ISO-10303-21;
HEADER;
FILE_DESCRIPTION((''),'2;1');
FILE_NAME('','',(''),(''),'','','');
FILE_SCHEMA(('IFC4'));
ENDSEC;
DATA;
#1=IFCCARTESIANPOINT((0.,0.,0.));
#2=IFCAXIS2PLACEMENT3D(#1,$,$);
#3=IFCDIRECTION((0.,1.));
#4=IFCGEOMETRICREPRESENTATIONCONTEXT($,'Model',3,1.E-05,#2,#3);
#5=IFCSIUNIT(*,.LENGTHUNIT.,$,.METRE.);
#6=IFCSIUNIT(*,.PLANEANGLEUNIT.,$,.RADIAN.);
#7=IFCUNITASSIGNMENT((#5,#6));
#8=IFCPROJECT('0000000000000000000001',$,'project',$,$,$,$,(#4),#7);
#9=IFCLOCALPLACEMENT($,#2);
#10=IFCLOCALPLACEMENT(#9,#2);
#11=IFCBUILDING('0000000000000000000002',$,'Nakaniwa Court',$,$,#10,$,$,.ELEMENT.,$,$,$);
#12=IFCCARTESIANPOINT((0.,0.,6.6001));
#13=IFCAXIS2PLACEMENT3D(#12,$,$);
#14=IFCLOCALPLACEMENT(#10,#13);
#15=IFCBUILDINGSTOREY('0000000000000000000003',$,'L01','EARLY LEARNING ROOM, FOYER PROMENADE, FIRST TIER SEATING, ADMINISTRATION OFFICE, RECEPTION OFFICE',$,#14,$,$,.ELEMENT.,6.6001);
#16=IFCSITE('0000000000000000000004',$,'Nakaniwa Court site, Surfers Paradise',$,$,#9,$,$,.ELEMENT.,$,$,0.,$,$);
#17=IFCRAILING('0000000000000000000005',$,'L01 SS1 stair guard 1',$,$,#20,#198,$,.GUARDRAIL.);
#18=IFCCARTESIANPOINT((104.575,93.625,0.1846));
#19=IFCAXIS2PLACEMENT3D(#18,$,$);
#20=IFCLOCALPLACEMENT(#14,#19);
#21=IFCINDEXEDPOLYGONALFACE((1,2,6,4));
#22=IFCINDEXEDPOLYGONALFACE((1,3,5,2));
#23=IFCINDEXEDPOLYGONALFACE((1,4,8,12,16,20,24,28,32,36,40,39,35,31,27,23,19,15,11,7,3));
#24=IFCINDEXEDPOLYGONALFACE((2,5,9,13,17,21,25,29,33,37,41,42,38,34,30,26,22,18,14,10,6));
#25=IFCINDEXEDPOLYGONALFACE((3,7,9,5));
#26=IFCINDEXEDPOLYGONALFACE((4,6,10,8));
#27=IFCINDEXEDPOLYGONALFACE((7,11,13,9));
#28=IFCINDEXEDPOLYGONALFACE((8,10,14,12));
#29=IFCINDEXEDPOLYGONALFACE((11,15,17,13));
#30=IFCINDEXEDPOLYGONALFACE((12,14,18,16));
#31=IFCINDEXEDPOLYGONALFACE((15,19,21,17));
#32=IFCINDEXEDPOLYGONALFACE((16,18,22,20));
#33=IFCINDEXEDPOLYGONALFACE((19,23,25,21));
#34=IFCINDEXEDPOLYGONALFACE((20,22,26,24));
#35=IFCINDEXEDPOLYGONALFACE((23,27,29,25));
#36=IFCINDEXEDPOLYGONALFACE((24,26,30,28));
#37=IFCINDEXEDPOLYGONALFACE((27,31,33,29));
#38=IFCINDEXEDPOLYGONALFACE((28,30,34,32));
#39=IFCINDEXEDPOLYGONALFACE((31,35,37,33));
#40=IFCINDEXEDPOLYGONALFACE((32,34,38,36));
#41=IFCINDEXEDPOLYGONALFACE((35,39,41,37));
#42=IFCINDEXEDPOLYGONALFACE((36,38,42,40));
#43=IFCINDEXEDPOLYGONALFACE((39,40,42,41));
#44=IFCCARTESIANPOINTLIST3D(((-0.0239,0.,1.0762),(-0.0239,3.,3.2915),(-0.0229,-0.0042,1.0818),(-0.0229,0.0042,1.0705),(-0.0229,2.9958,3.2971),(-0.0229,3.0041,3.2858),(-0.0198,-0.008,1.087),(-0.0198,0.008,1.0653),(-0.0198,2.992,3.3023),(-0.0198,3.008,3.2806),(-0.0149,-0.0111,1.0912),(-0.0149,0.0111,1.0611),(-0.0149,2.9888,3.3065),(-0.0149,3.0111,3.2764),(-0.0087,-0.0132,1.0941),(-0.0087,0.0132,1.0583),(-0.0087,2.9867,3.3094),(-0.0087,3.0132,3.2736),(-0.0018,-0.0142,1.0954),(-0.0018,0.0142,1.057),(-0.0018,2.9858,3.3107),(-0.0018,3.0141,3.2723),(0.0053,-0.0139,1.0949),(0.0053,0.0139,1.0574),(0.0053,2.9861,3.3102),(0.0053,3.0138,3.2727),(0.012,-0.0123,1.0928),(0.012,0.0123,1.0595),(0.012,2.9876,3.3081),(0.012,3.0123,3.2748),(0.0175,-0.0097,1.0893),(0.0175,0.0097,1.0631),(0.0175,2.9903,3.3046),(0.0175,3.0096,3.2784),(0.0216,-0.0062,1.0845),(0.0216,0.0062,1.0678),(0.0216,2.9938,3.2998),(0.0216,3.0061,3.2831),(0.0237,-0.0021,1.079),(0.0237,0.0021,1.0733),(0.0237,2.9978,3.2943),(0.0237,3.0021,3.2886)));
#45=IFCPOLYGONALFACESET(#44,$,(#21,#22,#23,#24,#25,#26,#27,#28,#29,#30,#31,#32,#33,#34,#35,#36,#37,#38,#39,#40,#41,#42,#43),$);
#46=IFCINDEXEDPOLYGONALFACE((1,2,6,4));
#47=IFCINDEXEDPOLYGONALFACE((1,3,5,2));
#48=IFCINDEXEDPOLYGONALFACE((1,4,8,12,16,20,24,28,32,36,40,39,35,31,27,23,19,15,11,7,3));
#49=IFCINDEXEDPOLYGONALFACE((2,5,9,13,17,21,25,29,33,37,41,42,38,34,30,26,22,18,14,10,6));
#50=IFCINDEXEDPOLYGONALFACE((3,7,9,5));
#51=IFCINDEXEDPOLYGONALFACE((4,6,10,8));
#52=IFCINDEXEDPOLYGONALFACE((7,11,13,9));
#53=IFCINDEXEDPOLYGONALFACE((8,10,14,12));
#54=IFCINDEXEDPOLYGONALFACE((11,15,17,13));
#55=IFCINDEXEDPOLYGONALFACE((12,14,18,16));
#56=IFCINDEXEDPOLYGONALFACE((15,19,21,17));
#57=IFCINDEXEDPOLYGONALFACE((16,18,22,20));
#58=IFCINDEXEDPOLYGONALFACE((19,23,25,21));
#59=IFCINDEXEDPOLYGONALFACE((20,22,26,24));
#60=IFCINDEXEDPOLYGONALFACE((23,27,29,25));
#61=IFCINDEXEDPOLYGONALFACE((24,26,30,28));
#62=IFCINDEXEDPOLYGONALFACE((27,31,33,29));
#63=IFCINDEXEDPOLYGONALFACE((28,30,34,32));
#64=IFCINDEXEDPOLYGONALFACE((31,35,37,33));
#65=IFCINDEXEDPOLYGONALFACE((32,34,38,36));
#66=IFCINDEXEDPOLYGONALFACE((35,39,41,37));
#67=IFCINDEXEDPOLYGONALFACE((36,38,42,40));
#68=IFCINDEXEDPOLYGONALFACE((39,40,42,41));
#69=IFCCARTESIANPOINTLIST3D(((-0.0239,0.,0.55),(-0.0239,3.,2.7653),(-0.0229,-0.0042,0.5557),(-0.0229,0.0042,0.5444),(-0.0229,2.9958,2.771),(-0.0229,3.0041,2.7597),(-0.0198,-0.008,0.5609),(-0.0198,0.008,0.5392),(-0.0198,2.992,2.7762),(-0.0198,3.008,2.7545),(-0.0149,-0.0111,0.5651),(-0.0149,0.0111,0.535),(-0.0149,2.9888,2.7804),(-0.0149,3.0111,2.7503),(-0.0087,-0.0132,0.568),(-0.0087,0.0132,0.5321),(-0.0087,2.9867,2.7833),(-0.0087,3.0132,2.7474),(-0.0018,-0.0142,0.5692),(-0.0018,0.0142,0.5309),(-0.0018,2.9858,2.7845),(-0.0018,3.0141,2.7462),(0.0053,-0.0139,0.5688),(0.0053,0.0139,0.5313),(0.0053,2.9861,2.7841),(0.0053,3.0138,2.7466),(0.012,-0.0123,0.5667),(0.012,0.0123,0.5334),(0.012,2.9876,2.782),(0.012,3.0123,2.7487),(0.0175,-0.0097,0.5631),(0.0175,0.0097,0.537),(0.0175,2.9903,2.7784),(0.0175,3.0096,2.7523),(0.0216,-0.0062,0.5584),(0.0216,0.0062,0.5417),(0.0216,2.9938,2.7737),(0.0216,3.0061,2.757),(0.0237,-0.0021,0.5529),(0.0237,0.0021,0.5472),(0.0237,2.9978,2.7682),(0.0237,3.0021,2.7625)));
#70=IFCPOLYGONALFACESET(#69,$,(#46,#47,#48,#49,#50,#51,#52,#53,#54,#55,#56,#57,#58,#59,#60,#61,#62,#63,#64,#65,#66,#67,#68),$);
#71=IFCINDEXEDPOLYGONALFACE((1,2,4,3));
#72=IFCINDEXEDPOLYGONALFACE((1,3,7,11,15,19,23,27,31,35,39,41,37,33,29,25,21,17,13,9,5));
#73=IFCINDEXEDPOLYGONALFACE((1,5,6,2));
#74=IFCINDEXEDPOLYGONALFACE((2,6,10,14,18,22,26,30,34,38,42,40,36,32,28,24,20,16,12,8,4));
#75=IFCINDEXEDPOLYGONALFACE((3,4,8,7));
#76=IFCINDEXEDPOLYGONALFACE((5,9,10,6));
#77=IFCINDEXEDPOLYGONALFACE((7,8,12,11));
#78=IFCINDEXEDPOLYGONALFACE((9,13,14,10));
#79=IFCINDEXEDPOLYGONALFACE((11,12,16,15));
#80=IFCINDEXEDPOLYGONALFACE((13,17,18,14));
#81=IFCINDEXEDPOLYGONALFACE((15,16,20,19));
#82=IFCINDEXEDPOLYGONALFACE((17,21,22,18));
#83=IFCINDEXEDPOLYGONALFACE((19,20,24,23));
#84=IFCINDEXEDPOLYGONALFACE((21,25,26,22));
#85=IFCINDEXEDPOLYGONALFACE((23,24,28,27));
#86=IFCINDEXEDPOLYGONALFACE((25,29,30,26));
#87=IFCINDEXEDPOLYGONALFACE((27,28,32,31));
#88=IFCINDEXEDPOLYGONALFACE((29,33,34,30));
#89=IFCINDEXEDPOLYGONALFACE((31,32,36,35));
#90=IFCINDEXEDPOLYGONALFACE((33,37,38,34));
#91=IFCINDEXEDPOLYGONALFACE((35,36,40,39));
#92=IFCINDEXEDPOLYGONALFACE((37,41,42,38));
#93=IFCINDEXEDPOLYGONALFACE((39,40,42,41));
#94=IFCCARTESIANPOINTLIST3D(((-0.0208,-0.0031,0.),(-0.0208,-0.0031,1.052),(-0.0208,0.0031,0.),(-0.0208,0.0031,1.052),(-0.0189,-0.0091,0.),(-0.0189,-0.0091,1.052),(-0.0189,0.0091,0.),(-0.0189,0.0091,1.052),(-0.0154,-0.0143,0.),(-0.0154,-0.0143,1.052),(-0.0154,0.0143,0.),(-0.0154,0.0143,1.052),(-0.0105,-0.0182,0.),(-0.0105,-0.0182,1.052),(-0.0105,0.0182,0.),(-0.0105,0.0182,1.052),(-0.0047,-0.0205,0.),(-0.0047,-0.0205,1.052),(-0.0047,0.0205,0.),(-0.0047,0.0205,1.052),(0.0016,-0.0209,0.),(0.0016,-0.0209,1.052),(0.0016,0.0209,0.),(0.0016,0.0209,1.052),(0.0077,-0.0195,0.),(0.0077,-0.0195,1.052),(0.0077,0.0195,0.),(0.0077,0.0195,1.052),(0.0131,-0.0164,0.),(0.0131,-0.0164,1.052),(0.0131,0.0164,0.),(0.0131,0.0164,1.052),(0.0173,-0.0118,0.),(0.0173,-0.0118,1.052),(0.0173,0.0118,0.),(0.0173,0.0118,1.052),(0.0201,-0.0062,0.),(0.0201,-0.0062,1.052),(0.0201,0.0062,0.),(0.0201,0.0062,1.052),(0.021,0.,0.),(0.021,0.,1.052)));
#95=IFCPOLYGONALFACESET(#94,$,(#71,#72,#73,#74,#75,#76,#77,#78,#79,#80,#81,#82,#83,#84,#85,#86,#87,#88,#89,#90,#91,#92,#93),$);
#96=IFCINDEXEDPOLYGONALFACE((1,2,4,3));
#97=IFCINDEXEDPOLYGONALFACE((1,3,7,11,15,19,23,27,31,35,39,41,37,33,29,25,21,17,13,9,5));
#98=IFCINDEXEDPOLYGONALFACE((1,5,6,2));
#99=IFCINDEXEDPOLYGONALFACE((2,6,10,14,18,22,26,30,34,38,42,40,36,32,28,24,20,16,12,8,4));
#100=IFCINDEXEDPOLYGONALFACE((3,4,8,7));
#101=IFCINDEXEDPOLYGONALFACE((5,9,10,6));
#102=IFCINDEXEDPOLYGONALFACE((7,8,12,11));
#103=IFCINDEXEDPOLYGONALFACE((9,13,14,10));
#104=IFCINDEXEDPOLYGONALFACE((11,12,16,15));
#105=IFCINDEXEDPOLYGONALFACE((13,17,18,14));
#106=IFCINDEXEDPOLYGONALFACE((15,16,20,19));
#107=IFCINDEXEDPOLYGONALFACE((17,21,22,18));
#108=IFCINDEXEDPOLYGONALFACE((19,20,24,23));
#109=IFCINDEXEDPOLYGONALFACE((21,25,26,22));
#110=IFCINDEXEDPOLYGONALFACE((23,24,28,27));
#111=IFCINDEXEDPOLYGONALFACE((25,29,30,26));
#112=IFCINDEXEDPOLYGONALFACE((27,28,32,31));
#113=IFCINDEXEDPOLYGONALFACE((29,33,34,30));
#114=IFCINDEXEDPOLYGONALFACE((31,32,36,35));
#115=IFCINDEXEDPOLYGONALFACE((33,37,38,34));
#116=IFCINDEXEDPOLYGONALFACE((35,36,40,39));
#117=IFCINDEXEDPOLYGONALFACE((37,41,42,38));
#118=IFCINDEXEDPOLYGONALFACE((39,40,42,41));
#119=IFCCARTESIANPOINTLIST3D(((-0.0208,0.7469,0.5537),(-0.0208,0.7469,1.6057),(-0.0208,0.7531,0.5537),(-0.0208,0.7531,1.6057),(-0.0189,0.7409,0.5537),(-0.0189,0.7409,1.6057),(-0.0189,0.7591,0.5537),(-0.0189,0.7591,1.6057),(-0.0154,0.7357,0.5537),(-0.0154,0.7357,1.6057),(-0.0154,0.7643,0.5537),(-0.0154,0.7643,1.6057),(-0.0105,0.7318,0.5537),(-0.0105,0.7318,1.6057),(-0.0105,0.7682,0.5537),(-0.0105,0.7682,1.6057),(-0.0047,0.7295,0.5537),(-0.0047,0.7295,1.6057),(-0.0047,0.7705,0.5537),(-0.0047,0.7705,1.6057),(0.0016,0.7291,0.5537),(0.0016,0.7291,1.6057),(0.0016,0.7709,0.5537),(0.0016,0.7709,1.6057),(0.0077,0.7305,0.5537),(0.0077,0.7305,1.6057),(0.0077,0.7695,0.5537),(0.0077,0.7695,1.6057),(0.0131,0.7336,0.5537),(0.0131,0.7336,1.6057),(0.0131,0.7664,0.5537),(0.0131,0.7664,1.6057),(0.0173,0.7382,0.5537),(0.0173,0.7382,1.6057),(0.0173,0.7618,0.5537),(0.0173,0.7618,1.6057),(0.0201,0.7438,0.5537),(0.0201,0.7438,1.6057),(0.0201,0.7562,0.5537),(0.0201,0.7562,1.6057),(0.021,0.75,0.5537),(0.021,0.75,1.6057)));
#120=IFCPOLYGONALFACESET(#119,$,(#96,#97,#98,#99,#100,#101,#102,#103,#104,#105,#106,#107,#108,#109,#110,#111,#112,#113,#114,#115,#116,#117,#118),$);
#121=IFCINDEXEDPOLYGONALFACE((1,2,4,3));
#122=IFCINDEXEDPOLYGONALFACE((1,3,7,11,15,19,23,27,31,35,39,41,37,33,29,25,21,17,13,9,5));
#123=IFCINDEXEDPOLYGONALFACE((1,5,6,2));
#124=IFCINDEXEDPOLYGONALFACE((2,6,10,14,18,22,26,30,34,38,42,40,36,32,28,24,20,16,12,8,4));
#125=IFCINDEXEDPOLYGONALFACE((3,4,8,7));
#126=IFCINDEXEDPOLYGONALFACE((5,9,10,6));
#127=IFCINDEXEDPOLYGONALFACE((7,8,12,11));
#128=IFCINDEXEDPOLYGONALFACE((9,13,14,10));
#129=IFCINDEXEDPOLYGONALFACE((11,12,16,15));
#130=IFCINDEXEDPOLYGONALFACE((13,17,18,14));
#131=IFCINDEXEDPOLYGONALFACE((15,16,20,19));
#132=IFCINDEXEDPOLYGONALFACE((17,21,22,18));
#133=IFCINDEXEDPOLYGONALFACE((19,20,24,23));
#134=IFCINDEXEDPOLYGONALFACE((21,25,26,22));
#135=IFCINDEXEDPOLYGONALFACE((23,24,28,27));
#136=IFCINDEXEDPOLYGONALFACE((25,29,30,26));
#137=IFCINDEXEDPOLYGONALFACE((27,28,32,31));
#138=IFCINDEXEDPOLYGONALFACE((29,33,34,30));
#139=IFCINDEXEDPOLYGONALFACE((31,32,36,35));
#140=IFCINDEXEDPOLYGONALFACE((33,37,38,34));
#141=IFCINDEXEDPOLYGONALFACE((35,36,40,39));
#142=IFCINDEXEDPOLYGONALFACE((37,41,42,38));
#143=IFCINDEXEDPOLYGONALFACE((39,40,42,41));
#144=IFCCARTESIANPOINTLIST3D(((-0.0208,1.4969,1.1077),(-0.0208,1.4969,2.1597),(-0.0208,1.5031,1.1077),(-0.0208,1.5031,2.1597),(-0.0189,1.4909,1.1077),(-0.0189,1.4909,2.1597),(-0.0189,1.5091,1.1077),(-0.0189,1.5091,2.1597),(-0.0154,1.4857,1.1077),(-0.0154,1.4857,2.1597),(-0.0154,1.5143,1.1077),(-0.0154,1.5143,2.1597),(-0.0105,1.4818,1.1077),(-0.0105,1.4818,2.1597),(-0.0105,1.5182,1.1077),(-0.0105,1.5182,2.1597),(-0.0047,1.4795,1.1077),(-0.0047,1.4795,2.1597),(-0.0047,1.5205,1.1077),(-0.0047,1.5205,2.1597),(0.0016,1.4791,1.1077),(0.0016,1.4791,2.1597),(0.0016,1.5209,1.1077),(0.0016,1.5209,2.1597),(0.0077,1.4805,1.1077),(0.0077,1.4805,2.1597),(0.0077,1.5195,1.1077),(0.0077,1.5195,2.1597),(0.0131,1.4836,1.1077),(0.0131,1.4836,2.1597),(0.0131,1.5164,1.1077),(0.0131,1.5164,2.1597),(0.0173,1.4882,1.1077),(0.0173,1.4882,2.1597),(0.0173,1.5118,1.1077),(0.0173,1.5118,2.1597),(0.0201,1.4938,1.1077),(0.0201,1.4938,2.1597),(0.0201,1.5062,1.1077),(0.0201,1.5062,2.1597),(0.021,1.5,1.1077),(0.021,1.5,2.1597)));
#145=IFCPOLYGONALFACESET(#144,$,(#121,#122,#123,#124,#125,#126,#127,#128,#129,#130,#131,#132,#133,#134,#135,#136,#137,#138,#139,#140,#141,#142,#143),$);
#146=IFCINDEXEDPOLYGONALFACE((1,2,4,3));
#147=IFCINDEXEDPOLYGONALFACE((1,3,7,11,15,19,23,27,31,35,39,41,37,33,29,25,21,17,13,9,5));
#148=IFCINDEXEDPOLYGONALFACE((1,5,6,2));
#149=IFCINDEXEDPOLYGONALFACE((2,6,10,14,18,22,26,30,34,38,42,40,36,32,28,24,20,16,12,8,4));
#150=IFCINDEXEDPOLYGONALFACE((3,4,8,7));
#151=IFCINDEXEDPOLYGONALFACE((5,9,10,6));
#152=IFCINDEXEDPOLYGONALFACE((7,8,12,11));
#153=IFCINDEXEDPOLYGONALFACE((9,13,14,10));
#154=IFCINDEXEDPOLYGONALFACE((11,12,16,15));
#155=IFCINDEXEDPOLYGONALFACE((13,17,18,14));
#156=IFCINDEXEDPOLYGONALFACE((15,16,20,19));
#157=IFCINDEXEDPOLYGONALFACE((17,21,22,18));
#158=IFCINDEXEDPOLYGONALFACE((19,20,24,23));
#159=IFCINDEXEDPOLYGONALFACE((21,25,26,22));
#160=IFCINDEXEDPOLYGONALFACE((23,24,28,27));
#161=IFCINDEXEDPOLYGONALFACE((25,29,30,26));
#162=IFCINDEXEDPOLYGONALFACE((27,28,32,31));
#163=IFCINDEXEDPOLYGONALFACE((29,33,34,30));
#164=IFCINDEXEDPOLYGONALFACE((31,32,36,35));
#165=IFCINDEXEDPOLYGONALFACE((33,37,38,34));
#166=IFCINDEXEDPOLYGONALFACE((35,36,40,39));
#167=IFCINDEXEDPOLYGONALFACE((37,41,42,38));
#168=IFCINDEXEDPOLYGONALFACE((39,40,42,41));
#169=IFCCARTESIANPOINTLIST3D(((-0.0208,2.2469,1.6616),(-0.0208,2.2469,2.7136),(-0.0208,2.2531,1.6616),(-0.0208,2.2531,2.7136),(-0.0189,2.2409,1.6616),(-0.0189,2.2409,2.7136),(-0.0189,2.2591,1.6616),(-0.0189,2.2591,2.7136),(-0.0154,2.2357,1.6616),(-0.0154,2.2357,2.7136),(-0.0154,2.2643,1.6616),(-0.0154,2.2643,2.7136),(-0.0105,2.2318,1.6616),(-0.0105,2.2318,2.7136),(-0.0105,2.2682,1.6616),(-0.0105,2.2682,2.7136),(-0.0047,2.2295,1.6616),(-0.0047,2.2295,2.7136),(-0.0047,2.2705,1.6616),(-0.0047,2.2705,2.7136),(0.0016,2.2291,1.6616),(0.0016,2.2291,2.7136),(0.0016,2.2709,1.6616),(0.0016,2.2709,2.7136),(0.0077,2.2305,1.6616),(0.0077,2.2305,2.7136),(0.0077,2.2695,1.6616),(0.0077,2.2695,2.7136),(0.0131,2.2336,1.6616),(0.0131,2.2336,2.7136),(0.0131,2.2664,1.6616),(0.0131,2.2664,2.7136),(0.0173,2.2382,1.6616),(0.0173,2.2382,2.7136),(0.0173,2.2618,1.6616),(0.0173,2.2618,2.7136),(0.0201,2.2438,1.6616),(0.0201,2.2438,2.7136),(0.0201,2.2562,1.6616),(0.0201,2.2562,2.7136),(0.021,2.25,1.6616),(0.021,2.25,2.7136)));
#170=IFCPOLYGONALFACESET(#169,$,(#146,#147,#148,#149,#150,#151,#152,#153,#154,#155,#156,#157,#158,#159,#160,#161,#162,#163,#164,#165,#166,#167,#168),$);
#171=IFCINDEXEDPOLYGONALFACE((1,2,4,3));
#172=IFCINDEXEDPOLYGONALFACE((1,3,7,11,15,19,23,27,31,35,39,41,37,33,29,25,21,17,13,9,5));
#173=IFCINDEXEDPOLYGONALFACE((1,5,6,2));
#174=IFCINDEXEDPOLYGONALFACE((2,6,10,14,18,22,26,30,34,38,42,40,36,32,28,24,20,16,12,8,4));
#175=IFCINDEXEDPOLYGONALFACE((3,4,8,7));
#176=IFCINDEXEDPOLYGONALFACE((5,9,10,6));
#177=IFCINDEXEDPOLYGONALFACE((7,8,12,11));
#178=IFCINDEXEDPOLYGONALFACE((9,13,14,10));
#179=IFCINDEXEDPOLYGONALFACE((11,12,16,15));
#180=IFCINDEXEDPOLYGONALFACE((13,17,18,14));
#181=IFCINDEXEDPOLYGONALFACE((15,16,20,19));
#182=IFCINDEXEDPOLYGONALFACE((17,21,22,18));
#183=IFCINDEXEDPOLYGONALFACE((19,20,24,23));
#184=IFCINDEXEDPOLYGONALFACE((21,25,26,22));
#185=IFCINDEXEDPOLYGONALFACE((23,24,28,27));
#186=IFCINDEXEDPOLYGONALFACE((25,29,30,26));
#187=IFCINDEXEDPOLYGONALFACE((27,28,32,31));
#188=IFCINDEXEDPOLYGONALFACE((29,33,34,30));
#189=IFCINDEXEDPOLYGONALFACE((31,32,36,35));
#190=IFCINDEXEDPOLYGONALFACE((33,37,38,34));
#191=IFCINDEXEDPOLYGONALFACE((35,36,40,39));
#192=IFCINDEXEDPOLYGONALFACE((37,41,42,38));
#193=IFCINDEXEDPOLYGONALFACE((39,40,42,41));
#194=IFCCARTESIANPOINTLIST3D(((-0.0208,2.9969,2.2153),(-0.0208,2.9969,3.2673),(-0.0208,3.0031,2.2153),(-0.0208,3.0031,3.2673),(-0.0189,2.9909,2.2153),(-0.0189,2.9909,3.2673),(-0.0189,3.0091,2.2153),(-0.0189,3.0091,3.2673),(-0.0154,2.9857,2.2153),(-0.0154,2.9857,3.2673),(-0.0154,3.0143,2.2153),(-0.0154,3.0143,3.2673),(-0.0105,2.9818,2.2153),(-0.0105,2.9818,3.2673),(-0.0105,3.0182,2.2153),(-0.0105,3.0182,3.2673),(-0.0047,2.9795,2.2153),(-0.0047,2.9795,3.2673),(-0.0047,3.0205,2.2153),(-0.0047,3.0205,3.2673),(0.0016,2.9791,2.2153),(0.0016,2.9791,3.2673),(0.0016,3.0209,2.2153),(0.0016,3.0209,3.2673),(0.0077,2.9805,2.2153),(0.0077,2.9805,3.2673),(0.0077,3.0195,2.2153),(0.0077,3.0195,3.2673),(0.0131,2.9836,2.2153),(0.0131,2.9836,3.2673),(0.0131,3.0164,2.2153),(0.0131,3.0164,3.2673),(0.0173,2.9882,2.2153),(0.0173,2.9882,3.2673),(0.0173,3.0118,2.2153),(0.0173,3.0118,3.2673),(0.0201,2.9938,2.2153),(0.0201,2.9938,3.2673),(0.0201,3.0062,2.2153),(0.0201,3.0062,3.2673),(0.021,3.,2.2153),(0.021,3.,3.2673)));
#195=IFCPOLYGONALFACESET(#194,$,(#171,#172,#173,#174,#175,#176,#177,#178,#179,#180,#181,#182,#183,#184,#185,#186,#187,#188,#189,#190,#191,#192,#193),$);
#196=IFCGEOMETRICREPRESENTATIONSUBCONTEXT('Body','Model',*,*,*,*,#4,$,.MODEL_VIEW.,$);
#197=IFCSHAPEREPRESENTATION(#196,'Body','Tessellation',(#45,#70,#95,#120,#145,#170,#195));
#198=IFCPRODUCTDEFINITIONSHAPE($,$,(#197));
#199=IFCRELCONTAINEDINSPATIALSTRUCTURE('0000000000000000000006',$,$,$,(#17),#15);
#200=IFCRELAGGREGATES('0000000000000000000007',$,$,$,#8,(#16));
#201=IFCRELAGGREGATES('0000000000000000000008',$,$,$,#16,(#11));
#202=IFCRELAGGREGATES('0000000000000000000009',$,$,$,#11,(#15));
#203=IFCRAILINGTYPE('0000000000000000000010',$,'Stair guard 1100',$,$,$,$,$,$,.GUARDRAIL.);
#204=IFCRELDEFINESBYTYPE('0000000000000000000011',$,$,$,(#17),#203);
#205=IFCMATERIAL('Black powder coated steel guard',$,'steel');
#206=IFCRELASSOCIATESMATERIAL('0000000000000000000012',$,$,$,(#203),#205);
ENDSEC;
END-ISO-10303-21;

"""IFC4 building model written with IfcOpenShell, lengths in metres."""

from ifc_helpers import new_model, si_unit, direction, frame, origin, origin_2d, place, context, subcontext, project, spatial, circle, extrude, material, type_object, element, save


model = new_model("IFC4")

# Units and contexts
model_context = context("Model", 3, precision=1e-05, world=origin(), true_north=direction((0.0, 1.0)))
body_context = subcontext(model_context, "Body", "Model", "MODEL_VIEW")
ifc_project = project(units=[si_unit("LENGTHUNIT", "METRE"), si_unit("PLANEANGLEUNIT", "RADIAN")], contexts=[model_context])

# Site, building, storey
site_placement = place(None, origin())
site = spatial("IfcSite", under=ifc_project, at=site_placement, Name="Nakaniwa Court site, Surfers Paradise", CompositionType="ELEMENT", RefElevation=0.0)
building_placement = place(site_placement, origin())
building = spatial("IfcBuilding", under=site, at=building_placement, Name="Nakaniwa Court", CompositionType="ELEMENT")
storey_placement = place(building_placement, frame((0.0, 0.0, 6.6001)))
storey = spatial("IfcBuildingStorey", under=building, at=storey_placement, Name="L01", Description="EARLY LEARNING ROOM, FOYER PROMENADE, FIRST TIER SEATING, ADMINISTRATION OFFICE, RECEPTION OFFICE", CompositionType="ELEMENT", Elevation=6.6001)

# Railing
ifc_material_1 = material(Name="Black powder coated steel guard", Category="steel")
railing_type_1 = type_object("IfcRailingType", Name="Stair guard 1100", PredefinedType="GUARDRAIL", material=ifc_material_1)
railing_1_placement = place(storey_placement, frame((104.575, 93.625, 0.1846)))
element("IfcRailing", 1, at=railing_1_placement, inside=storey, type_object=railing_type_1, Name="L01 SS1 stair guard 1", PredefinedType="GUARDRAIL", context=body_context, shape_type="SweptSolid", body=[
    extrude(circle(Radius=0.0239, at=origin_2d()), frame((0.0, 0.0, 1.0762), z_axis=(0.0, 0.80444, 0.594034), x_axis=(-1.0, 0.0, 0.0)), (0.0, 0.0, 1.0), 3.7292),
    extrude(circle(Radius=0.0239, at=origin_2d()), frame((0.0, 0.0, 0.55), z_axis=(0.0, 0.80444, 0.594034), x_axis=(-1.0, 0.0, 0.0)), (0.0, 0.0, 1.0), 3.7292),
    extrude(circle(Radius=0.021, at=origin_2d()), origin(), (0.0, 0.0, 1.0), 1.052),
    extrude(circle(Radius=0.021, at=origin_2d()), frame((0.0, 0.75, 0.5537)), (0.0, 0.0, 1.0), 1.052),
    extrude(circle(Radius=0.021, at=origin_2d()), frame((0.0, 1.5, 1.1077)), (0.0, 0.0, 1.0), 1.052),
    extrude(circle(Radius=0.021, at=origin_2d()), frame((0.0, 2.25, 1.6616)), (0.0, 0.0, 1.0), 1.052),
    extrude(circle(Radius=0.021, at=origin_2d()), frame((0.0, 3.0, 2.2153)), (0.0, 0.0, 1.0), 1.052),
])

save(model, "model.ifc")
